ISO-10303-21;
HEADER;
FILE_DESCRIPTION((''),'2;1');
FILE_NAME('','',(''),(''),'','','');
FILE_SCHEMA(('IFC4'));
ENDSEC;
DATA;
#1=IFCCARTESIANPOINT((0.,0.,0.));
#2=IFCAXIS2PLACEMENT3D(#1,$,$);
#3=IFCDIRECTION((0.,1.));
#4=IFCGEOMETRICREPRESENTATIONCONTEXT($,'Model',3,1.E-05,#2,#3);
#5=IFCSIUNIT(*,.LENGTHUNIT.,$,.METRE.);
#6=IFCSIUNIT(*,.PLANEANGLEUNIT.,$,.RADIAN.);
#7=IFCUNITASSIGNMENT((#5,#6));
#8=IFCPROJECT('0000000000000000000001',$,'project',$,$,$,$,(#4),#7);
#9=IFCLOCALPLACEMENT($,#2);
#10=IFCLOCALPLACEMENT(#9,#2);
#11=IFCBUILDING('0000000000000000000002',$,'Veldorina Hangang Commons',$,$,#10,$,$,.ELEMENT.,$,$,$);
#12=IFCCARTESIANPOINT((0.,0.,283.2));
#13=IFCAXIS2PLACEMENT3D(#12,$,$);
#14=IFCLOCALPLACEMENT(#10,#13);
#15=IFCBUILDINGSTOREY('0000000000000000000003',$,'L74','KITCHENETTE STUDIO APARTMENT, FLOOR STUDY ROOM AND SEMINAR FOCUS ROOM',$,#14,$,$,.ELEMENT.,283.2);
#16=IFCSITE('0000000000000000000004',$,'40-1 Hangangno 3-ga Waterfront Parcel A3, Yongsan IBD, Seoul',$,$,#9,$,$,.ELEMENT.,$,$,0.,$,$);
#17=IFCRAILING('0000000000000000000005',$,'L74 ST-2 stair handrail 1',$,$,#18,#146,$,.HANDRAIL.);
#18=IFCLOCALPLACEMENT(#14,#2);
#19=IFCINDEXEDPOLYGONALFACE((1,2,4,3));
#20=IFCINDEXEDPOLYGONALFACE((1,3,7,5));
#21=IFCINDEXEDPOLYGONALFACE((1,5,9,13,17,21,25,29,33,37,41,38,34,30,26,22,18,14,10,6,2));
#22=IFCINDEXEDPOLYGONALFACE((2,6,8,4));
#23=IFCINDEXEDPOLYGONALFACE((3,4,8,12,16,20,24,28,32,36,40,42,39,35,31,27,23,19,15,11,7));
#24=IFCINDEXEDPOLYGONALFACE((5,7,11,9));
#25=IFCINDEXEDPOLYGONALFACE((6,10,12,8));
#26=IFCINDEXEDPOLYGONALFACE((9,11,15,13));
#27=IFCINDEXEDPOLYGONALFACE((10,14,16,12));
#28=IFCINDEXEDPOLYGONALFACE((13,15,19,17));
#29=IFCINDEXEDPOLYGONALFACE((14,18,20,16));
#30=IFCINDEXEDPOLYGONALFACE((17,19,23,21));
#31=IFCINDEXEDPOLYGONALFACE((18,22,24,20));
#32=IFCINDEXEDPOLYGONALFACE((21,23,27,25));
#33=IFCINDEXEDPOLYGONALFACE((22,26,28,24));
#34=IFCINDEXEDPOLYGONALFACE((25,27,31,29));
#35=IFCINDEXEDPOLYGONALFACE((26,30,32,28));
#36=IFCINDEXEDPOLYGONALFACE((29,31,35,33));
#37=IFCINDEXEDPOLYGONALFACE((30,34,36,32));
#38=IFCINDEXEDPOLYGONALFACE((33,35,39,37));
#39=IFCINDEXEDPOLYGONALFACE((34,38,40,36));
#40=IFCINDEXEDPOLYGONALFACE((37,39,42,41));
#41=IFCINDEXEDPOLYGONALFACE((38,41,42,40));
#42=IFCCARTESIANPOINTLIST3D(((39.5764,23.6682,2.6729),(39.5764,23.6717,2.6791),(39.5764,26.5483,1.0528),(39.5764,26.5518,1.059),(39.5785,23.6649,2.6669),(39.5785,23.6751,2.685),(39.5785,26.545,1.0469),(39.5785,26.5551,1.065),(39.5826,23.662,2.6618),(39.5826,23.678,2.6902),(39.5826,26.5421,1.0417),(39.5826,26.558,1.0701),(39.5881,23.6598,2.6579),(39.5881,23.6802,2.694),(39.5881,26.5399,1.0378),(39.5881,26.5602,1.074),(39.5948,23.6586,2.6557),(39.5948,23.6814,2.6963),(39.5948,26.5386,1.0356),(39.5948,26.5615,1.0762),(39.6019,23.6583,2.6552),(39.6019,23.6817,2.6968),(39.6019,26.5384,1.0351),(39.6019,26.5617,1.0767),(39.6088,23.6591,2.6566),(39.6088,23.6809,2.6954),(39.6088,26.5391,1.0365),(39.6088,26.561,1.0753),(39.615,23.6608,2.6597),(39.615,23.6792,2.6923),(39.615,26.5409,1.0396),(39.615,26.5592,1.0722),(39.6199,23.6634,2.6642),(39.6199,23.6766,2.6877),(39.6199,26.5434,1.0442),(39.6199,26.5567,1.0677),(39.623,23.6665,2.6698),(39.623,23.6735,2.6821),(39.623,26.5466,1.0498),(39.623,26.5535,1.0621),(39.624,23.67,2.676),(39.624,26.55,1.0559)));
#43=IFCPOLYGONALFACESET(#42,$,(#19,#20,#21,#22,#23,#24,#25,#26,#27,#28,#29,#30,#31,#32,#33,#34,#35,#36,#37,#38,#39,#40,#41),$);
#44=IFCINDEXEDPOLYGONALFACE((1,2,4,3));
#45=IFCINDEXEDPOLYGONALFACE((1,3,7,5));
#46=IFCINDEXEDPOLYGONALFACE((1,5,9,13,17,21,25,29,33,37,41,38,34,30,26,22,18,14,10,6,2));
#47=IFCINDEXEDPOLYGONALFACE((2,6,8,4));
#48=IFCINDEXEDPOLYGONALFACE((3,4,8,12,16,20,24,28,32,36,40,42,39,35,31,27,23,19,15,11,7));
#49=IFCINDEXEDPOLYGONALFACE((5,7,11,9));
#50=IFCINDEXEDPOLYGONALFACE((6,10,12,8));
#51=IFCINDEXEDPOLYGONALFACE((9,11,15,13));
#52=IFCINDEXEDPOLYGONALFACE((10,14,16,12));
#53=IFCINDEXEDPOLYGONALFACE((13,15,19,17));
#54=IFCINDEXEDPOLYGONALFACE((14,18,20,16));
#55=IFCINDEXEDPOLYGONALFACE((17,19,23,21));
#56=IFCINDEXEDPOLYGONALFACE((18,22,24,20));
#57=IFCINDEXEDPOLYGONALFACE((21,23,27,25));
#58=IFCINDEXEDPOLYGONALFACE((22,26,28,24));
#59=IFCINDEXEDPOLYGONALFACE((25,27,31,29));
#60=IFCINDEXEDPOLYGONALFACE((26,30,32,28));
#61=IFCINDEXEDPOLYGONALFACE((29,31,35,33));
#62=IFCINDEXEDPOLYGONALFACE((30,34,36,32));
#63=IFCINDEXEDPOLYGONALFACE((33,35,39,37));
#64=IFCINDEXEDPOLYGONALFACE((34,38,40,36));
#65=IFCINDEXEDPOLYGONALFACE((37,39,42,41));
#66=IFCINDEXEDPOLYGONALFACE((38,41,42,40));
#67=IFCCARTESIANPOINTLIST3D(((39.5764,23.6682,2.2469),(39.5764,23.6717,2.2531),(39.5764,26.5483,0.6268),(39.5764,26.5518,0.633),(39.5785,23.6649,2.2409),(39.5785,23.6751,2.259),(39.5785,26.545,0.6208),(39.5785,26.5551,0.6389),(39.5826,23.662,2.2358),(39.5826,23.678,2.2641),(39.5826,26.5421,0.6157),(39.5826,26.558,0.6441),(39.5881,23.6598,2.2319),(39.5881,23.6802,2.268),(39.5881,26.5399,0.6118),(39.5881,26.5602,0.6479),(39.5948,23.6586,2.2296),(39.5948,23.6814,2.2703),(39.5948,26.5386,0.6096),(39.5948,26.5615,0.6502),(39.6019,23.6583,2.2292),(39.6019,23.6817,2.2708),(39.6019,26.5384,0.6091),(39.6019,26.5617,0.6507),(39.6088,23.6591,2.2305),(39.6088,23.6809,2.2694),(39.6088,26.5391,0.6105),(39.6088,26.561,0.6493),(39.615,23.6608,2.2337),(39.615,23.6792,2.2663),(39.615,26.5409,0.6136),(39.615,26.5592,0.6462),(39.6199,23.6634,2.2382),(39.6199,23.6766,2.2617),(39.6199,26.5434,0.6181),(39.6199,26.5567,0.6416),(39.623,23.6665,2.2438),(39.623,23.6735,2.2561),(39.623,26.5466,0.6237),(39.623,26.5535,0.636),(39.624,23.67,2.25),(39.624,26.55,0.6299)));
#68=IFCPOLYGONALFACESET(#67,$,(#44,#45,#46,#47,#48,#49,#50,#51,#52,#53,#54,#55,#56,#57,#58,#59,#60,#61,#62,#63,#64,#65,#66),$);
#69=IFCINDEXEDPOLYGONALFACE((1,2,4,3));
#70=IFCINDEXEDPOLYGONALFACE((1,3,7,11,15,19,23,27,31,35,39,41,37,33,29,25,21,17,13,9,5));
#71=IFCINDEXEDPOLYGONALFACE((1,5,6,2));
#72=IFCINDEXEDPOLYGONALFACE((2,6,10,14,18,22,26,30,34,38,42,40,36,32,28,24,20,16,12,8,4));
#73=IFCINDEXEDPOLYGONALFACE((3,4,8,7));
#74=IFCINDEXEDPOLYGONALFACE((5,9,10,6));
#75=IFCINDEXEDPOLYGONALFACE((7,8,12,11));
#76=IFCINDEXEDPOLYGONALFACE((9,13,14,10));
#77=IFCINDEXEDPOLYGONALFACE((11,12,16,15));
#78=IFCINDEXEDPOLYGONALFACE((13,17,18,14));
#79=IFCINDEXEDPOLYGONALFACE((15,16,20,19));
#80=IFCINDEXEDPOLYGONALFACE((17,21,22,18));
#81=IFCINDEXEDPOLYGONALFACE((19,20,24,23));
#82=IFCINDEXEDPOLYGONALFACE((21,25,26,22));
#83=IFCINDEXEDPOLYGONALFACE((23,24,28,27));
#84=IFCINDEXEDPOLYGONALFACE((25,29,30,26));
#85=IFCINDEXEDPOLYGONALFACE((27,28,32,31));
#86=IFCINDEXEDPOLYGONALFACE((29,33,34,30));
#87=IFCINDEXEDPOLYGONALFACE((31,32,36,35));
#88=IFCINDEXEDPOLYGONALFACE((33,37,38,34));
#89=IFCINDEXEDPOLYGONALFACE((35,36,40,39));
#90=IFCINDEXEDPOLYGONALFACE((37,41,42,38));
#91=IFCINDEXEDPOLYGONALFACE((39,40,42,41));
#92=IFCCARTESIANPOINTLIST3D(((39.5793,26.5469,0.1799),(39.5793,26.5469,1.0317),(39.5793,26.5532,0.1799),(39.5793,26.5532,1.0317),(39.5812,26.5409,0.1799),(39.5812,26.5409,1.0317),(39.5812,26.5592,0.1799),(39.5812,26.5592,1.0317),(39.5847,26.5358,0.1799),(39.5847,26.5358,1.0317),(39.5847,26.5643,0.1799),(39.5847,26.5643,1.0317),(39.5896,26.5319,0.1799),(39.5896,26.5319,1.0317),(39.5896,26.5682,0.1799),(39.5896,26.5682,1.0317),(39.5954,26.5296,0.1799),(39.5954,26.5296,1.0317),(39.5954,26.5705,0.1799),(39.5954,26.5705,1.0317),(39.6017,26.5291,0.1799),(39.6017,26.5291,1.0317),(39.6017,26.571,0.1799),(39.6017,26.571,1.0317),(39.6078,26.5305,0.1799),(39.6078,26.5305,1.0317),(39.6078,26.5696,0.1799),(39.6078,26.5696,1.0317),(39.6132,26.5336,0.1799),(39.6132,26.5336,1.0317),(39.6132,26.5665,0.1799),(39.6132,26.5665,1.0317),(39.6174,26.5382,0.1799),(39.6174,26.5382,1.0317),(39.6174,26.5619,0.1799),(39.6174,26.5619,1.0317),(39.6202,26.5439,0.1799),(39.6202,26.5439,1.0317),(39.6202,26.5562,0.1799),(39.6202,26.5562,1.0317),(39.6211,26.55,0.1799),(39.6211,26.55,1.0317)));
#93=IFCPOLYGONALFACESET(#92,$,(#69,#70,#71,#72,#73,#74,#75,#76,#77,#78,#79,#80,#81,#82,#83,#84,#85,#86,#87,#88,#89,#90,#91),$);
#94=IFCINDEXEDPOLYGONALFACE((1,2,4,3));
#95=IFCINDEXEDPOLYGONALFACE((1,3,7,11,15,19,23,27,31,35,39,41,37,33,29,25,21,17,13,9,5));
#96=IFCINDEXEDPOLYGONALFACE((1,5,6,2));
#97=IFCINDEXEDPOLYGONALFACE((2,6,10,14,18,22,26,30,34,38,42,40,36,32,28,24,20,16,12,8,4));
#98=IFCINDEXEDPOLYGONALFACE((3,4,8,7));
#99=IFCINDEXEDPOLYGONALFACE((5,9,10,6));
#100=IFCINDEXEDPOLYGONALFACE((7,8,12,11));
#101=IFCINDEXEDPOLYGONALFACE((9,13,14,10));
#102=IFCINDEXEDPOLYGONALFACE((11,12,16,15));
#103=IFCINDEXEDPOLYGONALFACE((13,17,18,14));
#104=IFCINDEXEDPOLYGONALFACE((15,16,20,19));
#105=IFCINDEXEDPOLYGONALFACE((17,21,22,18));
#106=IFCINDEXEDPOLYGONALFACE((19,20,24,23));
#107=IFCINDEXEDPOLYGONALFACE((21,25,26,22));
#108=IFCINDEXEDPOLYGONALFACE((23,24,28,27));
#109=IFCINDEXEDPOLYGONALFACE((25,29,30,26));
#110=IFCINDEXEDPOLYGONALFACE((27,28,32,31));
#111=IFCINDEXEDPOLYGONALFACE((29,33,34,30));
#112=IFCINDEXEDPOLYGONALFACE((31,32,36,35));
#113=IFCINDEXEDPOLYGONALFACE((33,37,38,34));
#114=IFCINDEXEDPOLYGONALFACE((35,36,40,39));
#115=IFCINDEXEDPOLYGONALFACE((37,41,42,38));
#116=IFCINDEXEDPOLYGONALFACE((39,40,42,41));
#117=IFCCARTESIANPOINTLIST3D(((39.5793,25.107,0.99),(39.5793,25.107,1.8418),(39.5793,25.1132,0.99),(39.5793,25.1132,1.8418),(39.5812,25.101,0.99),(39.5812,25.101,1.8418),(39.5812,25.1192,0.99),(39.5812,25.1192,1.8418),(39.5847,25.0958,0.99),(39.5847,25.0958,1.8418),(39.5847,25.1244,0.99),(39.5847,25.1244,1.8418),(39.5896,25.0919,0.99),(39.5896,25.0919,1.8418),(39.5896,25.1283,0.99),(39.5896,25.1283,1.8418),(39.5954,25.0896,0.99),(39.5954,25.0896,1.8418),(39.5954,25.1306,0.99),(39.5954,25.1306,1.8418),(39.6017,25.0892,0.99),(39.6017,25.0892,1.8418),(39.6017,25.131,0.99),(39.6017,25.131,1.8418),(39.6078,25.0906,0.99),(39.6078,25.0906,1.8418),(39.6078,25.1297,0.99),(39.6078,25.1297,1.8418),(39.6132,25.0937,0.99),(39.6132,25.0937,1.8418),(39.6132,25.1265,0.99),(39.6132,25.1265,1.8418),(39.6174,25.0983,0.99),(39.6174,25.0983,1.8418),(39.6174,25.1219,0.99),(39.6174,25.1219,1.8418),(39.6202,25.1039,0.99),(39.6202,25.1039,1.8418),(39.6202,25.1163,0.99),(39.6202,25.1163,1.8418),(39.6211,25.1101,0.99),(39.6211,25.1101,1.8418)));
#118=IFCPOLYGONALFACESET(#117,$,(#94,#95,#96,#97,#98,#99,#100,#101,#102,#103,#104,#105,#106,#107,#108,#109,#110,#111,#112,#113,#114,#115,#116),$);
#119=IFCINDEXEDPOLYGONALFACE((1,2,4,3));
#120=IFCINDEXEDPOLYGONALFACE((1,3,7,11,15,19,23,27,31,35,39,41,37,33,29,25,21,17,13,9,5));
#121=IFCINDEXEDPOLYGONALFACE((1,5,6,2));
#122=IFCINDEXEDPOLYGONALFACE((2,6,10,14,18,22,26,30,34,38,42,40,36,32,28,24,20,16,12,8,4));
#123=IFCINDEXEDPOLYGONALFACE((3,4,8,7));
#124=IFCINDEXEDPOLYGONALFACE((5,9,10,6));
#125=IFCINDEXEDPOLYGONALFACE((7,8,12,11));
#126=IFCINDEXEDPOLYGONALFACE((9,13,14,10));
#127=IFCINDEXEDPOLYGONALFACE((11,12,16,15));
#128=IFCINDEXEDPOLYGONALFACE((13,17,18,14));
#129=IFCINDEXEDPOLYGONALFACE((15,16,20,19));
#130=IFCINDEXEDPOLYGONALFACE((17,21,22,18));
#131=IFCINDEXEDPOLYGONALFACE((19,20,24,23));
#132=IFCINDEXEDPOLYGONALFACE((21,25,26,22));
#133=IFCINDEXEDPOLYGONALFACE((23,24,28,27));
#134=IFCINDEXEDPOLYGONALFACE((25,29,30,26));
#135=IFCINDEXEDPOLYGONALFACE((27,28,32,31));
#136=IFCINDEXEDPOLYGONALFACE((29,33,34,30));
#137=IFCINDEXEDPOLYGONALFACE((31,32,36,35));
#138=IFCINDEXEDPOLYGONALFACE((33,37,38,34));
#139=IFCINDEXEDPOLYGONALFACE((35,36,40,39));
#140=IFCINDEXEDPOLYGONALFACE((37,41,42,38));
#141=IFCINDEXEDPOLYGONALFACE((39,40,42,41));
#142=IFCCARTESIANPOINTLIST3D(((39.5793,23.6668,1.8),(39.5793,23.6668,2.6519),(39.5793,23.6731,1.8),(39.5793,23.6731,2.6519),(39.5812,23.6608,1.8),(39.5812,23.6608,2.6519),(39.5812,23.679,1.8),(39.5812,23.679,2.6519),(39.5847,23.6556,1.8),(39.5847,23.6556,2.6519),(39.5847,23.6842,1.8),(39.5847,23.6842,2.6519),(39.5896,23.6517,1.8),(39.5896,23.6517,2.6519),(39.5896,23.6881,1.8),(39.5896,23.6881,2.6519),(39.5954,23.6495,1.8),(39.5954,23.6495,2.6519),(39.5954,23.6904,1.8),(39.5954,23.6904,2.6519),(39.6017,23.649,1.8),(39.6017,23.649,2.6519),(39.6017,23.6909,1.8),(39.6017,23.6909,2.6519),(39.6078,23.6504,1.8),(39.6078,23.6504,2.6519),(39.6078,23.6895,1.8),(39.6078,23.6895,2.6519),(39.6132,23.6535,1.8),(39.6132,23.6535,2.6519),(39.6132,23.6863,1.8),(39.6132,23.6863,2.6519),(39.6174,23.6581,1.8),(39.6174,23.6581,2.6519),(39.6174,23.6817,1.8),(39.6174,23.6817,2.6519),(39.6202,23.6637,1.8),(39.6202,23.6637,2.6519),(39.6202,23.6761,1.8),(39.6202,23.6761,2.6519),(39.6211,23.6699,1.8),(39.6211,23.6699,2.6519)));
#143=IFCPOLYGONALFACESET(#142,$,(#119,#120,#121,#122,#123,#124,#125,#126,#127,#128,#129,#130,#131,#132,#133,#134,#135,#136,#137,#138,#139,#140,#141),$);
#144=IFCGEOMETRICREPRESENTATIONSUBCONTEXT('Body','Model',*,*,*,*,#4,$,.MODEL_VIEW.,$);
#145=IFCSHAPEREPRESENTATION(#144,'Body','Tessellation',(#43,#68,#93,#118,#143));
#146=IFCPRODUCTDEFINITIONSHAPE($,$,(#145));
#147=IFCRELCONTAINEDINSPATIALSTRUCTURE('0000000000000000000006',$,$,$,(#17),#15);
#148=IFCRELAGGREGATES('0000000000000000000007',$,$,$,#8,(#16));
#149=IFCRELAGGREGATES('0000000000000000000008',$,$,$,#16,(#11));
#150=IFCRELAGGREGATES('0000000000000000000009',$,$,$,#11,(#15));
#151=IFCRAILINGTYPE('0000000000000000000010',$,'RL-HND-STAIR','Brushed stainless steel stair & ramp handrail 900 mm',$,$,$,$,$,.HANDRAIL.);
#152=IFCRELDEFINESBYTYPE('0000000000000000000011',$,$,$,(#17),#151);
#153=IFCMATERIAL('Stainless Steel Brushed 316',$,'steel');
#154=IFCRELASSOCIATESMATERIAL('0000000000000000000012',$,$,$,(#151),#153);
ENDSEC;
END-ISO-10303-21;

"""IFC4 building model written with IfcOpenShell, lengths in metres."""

from ifc_helpers import new_model, si_unit, direction, frame, origin, origin_2d, place, context, subcontext, project, spatial, circle, extrude, material, type_object, element, save


model = new_model("IFC4")

# Units and contexts
model_context = context("Model", 3, precision=1e-05, world=origin(), true_north=direction((0.0, 1.0)))
body_context = subcontext(model_context, "Body", "Model", "MODEL_VIEW")
ifc_project = project(units=[si_unit("LENGTHUNIT", "METRE"), si_unit("PLANEANGLEUNIT", "RADIAN")], contexts=[model_context])

# Site, building, storey
site_placement = place(None, origin())
site = spatial("IfcSite", under=ifc_project, at=site_placement, Name="40-1 Hangangno 3-ga Waterfront Parcel A3, Yongsan IBD, Seoul", CompositionType="ELEMENT", RefElevation=0.0)
building_placement = place(site_placement, origin())
building = spatial("IfcBuilding", under=site, at=building_placement, Name="Veldorina Hangang Commons", CompositionType="ELEMENT")
storey_placement = place(building_placement, frame((0.0, 0.0, 283.2)))
storey = spatial("IfcBuildingStorey", under=building, at=storey_placement, Name="L74", Description="KITCHENETTE STUDIO APARTMENT, FLOOR STUDY ROOM AND SEMINAR FOCUS ROOM", CompositionType="ELEMENT", Elevation=283.2)

# Railing
ifc_material_1 = material(Name="Stainless Steel Brushed 316", Category="steel")
railing_type_1 = type_object("IfcRailingType", Name="RL-HND-STAIR", Description="Brushed stainless steel stair & ramp handrail 900 mm", PredefinedType="HANDRAIL", material=ifc_material_1)
railing_1_placement = place(storey_placement, frame((39.6001, 26.55, 0.1799)))
element("IfcRailing", 1, at=railing_1_placement, inside=storey, type_object=railing_type_1, Name="L74 ST-2 stair handrail 1", PredefinedType="HANDRAIL", context=body_context, shape_type="SweptSolid", body=[
    extrude(circle(Radius=0.0239, at=origin_2d()), frame((0.0, 0.0, 0.876), z_axis=(0.0, -0.87157, 0.490272), x_axis=(1.0, 0.0, 0.0)), (0.0, 0.0, 1.0), 3.3044),
    extrude(circle(Radius=0.0239, at=origin_2d()), frame((0.0, 0.0, 0.45), z_axis=(0.0, -0.87157, 0.490272), x_axis=(1.0, 0.0, 0.0)), (0.0, 0.0, 1.0), 3.3044),
    extrude(circle(Radius=0.021, at=origin_2d()), origin(), (0.0, 0.0, 1.0), 0.8518),
    extrude(circle(Radius=0.021, at=origin_2d()), frame((0.0, -1.4399, 0.8101)), (0.0, 0.0, 1.0), 0.8518),
    extrude(circle(Radius=0.021, at=origin_2d()), frame((0.0, -2.8801, 1.6201)), (0.0, 0.0, 1.0), 0.8518),
])

save(model, "model.ifc")
